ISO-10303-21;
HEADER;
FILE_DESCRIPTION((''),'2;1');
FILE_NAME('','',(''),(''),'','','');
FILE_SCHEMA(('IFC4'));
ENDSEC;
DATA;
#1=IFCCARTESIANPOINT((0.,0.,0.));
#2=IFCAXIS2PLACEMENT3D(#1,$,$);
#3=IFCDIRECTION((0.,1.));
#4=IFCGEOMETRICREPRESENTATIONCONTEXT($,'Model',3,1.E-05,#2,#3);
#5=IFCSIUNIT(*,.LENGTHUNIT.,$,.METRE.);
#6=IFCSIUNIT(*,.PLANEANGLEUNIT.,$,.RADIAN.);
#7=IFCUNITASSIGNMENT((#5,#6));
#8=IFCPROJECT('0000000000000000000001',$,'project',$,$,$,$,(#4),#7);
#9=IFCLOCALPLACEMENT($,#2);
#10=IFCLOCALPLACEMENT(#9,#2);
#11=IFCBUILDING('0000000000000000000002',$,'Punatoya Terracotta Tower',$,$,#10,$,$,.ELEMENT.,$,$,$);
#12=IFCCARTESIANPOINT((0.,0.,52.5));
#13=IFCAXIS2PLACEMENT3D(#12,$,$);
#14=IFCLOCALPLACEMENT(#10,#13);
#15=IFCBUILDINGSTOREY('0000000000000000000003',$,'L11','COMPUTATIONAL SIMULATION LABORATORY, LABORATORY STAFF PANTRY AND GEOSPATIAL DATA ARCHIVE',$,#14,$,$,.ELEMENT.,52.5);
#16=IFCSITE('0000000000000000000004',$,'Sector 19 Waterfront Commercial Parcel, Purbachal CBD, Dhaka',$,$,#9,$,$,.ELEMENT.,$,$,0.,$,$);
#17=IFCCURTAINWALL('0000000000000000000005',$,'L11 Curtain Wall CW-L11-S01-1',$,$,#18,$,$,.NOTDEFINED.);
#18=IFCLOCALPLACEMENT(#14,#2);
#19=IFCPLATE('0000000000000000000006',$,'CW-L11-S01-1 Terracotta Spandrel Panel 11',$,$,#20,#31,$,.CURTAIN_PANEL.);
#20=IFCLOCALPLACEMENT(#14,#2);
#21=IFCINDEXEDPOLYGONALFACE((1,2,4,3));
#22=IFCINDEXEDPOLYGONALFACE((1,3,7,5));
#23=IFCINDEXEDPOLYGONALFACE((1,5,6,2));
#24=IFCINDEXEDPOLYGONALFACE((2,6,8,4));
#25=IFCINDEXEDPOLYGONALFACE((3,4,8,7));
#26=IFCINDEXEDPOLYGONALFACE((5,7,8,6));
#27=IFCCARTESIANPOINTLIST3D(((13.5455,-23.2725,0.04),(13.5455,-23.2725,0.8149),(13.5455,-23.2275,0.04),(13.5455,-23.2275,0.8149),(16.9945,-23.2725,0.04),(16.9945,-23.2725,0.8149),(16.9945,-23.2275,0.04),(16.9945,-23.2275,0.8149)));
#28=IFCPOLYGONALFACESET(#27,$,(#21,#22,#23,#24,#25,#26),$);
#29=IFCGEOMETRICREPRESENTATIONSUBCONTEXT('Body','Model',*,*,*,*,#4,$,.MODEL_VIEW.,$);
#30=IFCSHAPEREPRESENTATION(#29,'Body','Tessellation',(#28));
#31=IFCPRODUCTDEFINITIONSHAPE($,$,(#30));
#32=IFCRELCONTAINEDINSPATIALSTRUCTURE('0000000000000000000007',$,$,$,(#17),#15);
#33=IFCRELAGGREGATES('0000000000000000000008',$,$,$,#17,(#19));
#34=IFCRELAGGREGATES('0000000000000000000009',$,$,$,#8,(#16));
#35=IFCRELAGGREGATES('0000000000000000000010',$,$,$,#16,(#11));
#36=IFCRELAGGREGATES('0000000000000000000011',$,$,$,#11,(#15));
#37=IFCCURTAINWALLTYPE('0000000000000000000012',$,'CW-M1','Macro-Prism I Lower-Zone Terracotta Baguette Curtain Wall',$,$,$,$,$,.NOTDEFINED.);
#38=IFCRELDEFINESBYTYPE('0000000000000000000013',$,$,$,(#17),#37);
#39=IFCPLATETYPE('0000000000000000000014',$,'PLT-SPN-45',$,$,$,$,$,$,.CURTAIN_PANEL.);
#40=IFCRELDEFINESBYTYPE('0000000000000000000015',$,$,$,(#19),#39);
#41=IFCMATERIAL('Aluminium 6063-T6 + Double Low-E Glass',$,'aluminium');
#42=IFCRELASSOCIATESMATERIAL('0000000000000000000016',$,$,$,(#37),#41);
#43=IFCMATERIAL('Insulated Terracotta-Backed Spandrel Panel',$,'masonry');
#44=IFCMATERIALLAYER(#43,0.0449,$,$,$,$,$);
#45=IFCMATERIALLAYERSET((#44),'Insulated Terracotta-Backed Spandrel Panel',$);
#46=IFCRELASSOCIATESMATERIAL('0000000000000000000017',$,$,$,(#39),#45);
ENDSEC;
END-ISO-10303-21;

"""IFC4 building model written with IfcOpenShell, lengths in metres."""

from ifc_helpers import new_model, si_unit, direction, frame, origin, origin_2d, place, context, subcontext, project, spatial, rectangle, extrude, material, layer, layer_set, type_object, element, aggregate, save


model = new_model("IFC4")

# Units and contexts
model_context = context("Model", 3, precision=1e-05, world=origin(), true_north=direction((0.0, 1.0)))
body_context = subcontext(model_context, "Body", "Model", "MODEL_VIEW")
ifc_project = project(units=[si_unit("LENGTHUNIT", "METRE"), si_unit("PLANEANGLEUNIT", "RADIAN")], contexts=[model_context])

# Site, building, storey
site_placement = place(None, origin())
site = spatial("IfcSite", under=ifc_project, at=site_placement, Name="Sector 19 Waterfront Commercial Parcel, Purbachal CBD, Dhaka", CompositionType="ELEMENT", RefElevation=0.0)
building_placement = place(site_placement, origin())
building = spatial("IfcBuilding", under=site, at=building_placement, Name="Punatoya Terracotta Tower", CompositionType="ELEMENT")
storey_placement = place(building_placement, frame((0.0, 0.0, 52.5)))
storey = spatial("IfcBuildingStorey", under=building, at=storey_placement, Name="L11", Description="COMPUTATIONAL SIMULATION LABORATORY, LABORATORY STAFF PANTRY AND GEOSPATIAL DATA ARCHIVE", CompositionType="ELEMENT", Elevation=52.5)

# Curtain wall
ifc_material_1 = material(Name="Aluminium 6063-T6 + Double Low-E Glass", Category="aluminium")
curtain_wall_type = type_object("IfcCurtainWallType", Name="CW-M1", Description="Macro-Prism I Lower-Zone Terracotta Baguette Curtain Wall", PredefinedType="NOTDEFINED", material=ifc_material_1)
curtain_wall_1_placement = place(storey_placement, origin())
curtain_wall_1 = element("IfcCurtainWall", 1, at=curtain_wall_1_placement, inside=storey, type_object=curtain_wall_type, Name="L11 Curtain Wall CW-L11-S01-1", PredefinedType="NOTDEFINED")

# Plate
ifc_material_2 = material(Name="Insulated Terracotta-Backed Spandrel Panel", Category="masonry")
ifc_layer_1 = layer(ifc_material_2, 0.0449)
ifc_layer_set_1 = layer_set([ifc_layer_1], Name="Insulated Terracotta-Backed Spandrel Panel")
plate_type_1 = type_object("IfcPlateType", Name="PLT-SPN-45", PredefinedType="CURTAIN_PANEL", material=ifc_layer_set_1)
plate_1_placement = place(storey_placement, frame((15.27, -23.25, 0.04), z_axis=(0.0, 0.0, 1.0), x_axis=(1.0, 0.0, 0.0)))
plate_1 = element("IfcPlate", 2, at=plate_1_placement, type_object=plate_type_1, Name="CW-L11-S01-1 Terracotta Spandrel Panel 11", PredefinedType="CURTAIN_PANEL", context=body_context, shape_type="SweptSolid", body=[
    extrude(rectangle(XDim=3.449, YDim=0.0449, at=origin_2d()), origin(), (0.0, 0.0, 1.0), 0.7749),
])
aggregate(curtain_wall_1, [plate_1])

save(model, "model.ifc")
